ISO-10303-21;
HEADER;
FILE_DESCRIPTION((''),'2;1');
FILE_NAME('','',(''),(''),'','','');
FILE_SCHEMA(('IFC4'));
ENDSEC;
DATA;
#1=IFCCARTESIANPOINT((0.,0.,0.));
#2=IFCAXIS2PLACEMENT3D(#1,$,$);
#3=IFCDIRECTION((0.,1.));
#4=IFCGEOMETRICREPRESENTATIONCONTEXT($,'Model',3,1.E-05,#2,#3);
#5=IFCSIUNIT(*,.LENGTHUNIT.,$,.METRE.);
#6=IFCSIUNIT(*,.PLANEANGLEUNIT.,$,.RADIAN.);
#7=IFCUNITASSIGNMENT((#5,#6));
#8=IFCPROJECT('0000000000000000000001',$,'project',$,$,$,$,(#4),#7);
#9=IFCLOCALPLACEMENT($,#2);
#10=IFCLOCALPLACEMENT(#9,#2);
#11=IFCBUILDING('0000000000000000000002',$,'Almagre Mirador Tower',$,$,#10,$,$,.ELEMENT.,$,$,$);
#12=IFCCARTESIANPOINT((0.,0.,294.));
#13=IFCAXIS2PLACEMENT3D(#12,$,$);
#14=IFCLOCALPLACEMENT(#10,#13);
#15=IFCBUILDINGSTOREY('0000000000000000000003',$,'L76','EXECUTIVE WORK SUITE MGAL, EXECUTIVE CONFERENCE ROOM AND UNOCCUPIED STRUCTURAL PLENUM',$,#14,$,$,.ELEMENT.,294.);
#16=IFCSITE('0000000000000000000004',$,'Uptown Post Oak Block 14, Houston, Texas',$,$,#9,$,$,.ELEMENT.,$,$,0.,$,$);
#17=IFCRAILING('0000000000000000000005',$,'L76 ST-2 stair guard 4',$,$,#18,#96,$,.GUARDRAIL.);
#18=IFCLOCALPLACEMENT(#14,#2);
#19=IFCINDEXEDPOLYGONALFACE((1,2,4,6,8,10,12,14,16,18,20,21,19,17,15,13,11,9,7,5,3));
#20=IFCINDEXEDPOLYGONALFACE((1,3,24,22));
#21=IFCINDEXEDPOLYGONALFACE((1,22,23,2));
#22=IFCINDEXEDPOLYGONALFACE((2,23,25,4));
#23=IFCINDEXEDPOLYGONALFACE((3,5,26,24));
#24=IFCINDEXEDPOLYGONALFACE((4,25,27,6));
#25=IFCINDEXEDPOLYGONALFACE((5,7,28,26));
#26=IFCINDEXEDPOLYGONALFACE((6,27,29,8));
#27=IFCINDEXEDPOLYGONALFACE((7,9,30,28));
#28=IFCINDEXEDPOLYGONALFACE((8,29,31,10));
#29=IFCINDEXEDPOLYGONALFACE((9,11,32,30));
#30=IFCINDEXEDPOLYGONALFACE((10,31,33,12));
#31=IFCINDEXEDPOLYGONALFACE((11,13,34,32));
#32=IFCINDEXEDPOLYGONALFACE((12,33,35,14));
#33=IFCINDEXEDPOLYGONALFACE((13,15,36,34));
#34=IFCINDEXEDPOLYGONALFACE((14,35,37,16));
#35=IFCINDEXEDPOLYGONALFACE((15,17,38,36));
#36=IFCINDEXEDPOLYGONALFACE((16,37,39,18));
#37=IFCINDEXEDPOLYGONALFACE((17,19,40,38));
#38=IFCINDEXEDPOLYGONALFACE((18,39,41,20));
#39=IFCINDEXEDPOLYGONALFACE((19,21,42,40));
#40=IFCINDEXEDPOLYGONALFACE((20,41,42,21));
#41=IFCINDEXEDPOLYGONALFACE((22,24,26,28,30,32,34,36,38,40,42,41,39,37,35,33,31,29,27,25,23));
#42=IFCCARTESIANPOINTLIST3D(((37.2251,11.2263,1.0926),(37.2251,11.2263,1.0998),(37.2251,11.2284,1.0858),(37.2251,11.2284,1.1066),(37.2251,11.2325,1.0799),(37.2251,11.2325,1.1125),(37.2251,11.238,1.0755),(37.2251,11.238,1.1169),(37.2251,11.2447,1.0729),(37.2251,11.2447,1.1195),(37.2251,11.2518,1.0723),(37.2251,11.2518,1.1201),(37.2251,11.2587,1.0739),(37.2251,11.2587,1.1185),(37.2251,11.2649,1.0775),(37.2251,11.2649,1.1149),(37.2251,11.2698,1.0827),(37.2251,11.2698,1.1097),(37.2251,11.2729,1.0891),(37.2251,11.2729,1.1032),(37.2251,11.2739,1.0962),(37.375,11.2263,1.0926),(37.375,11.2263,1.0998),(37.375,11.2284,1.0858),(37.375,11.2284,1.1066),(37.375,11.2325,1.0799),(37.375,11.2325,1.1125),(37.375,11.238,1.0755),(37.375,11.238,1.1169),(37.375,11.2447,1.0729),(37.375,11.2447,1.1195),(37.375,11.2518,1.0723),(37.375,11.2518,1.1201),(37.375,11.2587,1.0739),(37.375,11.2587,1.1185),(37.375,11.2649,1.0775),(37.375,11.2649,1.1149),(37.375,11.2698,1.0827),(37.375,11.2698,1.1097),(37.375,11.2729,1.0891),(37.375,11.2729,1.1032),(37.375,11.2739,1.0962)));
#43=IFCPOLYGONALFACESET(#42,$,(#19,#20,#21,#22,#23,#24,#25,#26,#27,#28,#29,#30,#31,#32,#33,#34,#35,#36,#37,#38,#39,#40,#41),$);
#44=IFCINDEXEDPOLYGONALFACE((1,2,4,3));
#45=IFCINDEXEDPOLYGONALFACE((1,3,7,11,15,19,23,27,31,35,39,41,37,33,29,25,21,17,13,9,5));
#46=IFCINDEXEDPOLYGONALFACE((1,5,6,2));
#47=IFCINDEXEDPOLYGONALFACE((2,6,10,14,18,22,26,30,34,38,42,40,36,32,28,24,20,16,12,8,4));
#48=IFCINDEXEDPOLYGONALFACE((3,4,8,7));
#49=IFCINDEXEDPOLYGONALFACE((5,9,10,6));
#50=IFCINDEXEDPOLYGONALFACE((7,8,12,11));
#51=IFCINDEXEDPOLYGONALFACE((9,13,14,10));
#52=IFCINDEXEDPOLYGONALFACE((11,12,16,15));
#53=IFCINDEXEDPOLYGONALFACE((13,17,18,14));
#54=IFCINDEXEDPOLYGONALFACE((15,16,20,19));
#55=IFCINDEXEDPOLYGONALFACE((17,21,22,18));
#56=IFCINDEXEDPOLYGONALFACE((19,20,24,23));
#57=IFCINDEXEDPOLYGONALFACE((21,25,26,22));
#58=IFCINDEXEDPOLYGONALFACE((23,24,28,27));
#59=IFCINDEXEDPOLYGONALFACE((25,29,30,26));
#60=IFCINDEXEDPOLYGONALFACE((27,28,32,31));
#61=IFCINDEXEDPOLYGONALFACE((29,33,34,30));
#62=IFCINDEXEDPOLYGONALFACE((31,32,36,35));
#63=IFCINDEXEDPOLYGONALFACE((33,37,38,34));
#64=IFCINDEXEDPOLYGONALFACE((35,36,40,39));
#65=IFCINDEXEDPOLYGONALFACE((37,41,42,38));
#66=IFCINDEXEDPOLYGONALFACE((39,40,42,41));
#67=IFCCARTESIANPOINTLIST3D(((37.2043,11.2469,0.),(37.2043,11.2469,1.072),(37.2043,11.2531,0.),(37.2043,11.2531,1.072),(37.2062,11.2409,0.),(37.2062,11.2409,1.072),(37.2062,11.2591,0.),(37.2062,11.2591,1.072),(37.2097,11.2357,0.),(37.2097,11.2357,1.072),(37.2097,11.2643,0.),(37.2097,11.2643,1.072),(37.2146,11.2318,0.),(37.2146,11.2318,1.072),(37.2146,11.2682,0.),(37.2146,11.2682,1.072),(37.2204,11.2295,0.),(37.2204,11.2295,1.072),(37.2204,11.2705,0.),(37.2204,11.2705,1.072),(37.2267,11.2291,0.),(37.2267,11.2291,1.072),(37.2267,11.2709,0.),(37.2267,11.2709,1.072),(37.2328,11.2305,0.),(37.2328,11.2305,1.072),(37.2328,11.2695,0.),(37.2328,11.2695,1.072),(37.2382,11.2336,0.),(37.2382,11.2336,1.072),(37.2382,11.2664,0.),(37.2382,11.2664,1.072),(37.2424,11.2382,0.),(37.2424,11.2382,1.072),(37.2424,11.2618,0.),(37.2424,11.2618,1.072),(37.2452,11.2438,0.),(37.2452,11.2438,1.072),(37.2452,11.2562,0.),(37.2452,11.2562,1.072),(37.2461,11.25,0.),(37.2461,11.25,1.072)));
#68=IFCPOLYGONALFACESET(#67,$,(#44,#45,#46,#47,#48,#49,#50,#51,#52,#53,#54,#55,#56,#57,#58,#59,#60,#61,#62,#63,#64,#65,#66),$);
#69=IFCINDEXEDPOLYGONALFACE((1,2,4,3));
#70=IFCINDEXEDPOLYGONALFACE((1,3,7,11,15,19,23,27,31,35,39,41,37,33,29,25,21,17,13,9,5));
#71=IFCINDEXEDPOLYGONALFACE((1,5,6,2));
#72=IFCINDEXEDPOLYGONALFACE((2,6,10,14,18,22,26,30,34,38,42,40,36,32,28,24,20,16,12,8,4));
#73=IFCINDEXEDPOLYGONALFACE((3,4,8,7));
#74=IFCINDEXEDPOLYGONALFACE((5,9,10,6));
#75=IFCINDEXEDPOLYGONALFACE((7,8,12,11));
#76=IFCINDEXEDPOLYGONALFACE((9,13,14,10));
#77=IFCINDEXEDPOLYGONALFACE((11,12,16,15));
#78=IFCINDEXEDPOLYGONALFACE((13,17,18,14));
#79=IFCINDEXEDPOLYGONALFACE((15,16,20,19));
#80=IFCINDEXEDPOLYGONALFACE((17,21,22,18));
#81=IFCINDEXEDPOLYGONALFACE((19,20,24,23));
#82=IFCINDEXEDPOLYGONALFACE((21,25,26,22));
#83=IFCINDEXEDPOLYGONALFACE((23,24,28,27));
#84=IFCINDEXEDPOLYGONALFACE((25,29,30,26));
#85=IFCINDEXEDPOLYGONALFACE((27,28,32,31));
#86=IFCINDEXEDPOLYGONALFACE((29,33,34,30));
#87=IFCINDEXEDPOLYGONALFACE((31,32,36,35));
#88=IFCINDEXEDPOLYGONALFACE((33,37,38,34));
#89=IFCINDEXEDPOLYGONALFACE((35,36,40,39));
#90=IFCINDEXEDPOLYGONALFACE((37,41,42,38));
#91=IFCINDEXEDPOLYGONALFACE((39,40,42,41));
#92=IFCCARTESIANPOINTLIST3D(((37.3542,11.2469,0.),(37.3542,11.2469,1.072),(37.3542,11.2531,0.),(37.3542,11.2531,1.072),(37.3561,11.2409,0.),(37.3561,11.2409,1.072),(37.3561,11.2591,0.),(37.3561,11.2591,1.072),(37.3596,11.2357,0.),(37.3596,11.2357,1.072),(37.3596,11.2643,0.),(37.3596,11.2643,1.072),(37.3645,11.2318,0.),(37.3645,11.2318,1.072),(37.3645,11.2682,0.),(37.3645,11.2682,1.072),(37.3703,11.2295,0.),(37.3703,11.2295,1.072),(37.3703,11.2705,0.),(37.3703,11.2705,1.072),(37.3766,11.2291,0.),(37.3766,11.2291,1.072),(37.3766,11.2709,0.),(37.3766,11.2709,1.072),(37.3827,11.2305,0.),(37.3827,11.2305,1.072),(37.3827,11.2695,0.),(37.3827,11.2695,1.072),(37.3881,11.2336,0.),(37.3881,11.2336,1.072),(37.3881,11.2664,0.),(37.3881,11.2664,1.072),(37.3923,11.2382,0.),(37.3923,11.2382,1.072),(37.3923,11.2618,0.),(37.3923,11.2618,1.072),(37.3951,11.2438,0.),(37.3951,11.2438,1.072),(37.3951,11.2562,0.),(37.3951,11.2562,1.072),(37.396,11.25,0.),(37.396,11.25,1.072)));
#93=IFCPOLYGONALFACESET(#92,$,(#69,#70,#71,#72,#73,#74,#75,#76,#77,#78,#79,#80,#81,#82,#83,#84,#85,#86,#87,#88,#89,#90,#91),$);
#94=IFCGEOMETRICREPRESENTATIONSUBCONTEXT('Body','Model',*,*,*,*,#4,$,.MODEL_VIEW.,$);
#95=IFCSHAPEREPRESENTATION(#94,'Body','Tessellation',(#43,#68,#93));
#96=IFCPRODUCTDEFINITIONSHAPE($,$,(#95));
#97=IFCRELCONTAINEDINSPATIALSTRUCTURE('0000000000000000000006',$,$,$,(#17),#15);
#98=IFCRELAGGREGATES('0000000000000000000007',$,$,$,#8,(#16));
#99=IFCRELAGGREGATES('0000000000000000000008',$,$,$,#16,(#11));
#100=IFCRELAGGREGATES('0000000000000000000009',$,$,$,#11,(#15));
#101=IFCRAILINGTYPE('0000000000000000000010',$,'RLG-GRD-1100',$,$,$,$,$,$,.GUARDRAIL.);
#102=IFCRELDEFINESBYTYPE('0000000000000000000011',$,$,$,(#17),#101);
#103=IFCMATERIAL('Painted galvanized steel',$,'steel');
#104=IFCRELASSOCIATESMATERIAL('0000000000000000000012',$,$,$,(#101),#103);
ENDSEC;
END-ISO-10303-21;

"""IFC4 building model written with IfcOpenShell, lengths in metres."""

from ifc_helpers import new_model, si_unit, direction, frame, origin, origin_2d, place, context, subcontext, project, spatial, circle, extrude, material, type_object, element, save


model = new_model("IFC4")

# Units and contexts
model_context = context("Model", 3, precision=1e-05, world=origin(), true_north=direction((0.0, 1.0)))
body_context = subcontext(model_context, "Body", "Model", "MODEL_VIEW")
ifc_project = project(units=[si_unit("LENGTHUNIT", "METRE"), si_unit("PLANEANGLEUNIT", "RADIAN")], contexts=[model_context])

# Site, building, storey
site_placement = place(None, origin())
site = spatial("IfcSite", under=ifc_project, at=site_placement, Name="Uptown Post Oak Block 14, Houston, Texas", CompositionType="ELEMENT", RefElevation=0.0)
building_placement = place(site_placement, origin())
building = spatial("IfcBuilding", under=site, at=building_placement, Name="Almagre Mirador Tower", CompositionType="ELEMENT")
storey_placement = place(building_placement, frame((0.0, 0.0, 294.0)))
storey = spatial("IfcBuildingStorey", under=building, at=storey_placement, Name="L76", Description="EXECUTIVE WORK SUITE MGAL, EXECUTIVE CONFERENCE ROOM AND UNOCCUPIED STRUCTURAL PLENUM", CompositionType="ELEMENT", Elevation=294.0)

# Railing
ifc_material_1 = material(Name="Painted galvanized steel", Category="steel")
railing_type_1 = type_object("IfcRailingType", Name="RLG-GRD-1100", PredefinedType="GUARDRAIL", material=ifc_material_1)
railing_1_placement = place(storey_placement, frame((37.2251, 11.25, 0.0)))
element("IfcRailing", 1, at=railing_1_placement, inside=storey, type_object=railing_type_1, Name="L76 ST-2 stair guard 4", PredefinedType="GUARDRAIL", context=body_context, shape_type="SweptSolid", body=[
    extrude(circle(Radius=0.0239, at=origin_2d()), frame((0.0, 0.0, 1.0962), z_axis=(1.0, 0.0, 0.0), x_axis=(0.0, 1.0, 0.0)), (0.0, 0.0, 1.0), 0.1499),
    extrude(circle(Radius=0.021, at=origin_2d()), origin(), (0.0, 0.0, 1.0), 1.072),
    extrude(circle(Radius=0.021, at=origin_2d()), frame((0.1499, 0.0, 0.0)), (0.0, 0.0, 1.0), 1.072),
])

save(model, "model.ifc")
